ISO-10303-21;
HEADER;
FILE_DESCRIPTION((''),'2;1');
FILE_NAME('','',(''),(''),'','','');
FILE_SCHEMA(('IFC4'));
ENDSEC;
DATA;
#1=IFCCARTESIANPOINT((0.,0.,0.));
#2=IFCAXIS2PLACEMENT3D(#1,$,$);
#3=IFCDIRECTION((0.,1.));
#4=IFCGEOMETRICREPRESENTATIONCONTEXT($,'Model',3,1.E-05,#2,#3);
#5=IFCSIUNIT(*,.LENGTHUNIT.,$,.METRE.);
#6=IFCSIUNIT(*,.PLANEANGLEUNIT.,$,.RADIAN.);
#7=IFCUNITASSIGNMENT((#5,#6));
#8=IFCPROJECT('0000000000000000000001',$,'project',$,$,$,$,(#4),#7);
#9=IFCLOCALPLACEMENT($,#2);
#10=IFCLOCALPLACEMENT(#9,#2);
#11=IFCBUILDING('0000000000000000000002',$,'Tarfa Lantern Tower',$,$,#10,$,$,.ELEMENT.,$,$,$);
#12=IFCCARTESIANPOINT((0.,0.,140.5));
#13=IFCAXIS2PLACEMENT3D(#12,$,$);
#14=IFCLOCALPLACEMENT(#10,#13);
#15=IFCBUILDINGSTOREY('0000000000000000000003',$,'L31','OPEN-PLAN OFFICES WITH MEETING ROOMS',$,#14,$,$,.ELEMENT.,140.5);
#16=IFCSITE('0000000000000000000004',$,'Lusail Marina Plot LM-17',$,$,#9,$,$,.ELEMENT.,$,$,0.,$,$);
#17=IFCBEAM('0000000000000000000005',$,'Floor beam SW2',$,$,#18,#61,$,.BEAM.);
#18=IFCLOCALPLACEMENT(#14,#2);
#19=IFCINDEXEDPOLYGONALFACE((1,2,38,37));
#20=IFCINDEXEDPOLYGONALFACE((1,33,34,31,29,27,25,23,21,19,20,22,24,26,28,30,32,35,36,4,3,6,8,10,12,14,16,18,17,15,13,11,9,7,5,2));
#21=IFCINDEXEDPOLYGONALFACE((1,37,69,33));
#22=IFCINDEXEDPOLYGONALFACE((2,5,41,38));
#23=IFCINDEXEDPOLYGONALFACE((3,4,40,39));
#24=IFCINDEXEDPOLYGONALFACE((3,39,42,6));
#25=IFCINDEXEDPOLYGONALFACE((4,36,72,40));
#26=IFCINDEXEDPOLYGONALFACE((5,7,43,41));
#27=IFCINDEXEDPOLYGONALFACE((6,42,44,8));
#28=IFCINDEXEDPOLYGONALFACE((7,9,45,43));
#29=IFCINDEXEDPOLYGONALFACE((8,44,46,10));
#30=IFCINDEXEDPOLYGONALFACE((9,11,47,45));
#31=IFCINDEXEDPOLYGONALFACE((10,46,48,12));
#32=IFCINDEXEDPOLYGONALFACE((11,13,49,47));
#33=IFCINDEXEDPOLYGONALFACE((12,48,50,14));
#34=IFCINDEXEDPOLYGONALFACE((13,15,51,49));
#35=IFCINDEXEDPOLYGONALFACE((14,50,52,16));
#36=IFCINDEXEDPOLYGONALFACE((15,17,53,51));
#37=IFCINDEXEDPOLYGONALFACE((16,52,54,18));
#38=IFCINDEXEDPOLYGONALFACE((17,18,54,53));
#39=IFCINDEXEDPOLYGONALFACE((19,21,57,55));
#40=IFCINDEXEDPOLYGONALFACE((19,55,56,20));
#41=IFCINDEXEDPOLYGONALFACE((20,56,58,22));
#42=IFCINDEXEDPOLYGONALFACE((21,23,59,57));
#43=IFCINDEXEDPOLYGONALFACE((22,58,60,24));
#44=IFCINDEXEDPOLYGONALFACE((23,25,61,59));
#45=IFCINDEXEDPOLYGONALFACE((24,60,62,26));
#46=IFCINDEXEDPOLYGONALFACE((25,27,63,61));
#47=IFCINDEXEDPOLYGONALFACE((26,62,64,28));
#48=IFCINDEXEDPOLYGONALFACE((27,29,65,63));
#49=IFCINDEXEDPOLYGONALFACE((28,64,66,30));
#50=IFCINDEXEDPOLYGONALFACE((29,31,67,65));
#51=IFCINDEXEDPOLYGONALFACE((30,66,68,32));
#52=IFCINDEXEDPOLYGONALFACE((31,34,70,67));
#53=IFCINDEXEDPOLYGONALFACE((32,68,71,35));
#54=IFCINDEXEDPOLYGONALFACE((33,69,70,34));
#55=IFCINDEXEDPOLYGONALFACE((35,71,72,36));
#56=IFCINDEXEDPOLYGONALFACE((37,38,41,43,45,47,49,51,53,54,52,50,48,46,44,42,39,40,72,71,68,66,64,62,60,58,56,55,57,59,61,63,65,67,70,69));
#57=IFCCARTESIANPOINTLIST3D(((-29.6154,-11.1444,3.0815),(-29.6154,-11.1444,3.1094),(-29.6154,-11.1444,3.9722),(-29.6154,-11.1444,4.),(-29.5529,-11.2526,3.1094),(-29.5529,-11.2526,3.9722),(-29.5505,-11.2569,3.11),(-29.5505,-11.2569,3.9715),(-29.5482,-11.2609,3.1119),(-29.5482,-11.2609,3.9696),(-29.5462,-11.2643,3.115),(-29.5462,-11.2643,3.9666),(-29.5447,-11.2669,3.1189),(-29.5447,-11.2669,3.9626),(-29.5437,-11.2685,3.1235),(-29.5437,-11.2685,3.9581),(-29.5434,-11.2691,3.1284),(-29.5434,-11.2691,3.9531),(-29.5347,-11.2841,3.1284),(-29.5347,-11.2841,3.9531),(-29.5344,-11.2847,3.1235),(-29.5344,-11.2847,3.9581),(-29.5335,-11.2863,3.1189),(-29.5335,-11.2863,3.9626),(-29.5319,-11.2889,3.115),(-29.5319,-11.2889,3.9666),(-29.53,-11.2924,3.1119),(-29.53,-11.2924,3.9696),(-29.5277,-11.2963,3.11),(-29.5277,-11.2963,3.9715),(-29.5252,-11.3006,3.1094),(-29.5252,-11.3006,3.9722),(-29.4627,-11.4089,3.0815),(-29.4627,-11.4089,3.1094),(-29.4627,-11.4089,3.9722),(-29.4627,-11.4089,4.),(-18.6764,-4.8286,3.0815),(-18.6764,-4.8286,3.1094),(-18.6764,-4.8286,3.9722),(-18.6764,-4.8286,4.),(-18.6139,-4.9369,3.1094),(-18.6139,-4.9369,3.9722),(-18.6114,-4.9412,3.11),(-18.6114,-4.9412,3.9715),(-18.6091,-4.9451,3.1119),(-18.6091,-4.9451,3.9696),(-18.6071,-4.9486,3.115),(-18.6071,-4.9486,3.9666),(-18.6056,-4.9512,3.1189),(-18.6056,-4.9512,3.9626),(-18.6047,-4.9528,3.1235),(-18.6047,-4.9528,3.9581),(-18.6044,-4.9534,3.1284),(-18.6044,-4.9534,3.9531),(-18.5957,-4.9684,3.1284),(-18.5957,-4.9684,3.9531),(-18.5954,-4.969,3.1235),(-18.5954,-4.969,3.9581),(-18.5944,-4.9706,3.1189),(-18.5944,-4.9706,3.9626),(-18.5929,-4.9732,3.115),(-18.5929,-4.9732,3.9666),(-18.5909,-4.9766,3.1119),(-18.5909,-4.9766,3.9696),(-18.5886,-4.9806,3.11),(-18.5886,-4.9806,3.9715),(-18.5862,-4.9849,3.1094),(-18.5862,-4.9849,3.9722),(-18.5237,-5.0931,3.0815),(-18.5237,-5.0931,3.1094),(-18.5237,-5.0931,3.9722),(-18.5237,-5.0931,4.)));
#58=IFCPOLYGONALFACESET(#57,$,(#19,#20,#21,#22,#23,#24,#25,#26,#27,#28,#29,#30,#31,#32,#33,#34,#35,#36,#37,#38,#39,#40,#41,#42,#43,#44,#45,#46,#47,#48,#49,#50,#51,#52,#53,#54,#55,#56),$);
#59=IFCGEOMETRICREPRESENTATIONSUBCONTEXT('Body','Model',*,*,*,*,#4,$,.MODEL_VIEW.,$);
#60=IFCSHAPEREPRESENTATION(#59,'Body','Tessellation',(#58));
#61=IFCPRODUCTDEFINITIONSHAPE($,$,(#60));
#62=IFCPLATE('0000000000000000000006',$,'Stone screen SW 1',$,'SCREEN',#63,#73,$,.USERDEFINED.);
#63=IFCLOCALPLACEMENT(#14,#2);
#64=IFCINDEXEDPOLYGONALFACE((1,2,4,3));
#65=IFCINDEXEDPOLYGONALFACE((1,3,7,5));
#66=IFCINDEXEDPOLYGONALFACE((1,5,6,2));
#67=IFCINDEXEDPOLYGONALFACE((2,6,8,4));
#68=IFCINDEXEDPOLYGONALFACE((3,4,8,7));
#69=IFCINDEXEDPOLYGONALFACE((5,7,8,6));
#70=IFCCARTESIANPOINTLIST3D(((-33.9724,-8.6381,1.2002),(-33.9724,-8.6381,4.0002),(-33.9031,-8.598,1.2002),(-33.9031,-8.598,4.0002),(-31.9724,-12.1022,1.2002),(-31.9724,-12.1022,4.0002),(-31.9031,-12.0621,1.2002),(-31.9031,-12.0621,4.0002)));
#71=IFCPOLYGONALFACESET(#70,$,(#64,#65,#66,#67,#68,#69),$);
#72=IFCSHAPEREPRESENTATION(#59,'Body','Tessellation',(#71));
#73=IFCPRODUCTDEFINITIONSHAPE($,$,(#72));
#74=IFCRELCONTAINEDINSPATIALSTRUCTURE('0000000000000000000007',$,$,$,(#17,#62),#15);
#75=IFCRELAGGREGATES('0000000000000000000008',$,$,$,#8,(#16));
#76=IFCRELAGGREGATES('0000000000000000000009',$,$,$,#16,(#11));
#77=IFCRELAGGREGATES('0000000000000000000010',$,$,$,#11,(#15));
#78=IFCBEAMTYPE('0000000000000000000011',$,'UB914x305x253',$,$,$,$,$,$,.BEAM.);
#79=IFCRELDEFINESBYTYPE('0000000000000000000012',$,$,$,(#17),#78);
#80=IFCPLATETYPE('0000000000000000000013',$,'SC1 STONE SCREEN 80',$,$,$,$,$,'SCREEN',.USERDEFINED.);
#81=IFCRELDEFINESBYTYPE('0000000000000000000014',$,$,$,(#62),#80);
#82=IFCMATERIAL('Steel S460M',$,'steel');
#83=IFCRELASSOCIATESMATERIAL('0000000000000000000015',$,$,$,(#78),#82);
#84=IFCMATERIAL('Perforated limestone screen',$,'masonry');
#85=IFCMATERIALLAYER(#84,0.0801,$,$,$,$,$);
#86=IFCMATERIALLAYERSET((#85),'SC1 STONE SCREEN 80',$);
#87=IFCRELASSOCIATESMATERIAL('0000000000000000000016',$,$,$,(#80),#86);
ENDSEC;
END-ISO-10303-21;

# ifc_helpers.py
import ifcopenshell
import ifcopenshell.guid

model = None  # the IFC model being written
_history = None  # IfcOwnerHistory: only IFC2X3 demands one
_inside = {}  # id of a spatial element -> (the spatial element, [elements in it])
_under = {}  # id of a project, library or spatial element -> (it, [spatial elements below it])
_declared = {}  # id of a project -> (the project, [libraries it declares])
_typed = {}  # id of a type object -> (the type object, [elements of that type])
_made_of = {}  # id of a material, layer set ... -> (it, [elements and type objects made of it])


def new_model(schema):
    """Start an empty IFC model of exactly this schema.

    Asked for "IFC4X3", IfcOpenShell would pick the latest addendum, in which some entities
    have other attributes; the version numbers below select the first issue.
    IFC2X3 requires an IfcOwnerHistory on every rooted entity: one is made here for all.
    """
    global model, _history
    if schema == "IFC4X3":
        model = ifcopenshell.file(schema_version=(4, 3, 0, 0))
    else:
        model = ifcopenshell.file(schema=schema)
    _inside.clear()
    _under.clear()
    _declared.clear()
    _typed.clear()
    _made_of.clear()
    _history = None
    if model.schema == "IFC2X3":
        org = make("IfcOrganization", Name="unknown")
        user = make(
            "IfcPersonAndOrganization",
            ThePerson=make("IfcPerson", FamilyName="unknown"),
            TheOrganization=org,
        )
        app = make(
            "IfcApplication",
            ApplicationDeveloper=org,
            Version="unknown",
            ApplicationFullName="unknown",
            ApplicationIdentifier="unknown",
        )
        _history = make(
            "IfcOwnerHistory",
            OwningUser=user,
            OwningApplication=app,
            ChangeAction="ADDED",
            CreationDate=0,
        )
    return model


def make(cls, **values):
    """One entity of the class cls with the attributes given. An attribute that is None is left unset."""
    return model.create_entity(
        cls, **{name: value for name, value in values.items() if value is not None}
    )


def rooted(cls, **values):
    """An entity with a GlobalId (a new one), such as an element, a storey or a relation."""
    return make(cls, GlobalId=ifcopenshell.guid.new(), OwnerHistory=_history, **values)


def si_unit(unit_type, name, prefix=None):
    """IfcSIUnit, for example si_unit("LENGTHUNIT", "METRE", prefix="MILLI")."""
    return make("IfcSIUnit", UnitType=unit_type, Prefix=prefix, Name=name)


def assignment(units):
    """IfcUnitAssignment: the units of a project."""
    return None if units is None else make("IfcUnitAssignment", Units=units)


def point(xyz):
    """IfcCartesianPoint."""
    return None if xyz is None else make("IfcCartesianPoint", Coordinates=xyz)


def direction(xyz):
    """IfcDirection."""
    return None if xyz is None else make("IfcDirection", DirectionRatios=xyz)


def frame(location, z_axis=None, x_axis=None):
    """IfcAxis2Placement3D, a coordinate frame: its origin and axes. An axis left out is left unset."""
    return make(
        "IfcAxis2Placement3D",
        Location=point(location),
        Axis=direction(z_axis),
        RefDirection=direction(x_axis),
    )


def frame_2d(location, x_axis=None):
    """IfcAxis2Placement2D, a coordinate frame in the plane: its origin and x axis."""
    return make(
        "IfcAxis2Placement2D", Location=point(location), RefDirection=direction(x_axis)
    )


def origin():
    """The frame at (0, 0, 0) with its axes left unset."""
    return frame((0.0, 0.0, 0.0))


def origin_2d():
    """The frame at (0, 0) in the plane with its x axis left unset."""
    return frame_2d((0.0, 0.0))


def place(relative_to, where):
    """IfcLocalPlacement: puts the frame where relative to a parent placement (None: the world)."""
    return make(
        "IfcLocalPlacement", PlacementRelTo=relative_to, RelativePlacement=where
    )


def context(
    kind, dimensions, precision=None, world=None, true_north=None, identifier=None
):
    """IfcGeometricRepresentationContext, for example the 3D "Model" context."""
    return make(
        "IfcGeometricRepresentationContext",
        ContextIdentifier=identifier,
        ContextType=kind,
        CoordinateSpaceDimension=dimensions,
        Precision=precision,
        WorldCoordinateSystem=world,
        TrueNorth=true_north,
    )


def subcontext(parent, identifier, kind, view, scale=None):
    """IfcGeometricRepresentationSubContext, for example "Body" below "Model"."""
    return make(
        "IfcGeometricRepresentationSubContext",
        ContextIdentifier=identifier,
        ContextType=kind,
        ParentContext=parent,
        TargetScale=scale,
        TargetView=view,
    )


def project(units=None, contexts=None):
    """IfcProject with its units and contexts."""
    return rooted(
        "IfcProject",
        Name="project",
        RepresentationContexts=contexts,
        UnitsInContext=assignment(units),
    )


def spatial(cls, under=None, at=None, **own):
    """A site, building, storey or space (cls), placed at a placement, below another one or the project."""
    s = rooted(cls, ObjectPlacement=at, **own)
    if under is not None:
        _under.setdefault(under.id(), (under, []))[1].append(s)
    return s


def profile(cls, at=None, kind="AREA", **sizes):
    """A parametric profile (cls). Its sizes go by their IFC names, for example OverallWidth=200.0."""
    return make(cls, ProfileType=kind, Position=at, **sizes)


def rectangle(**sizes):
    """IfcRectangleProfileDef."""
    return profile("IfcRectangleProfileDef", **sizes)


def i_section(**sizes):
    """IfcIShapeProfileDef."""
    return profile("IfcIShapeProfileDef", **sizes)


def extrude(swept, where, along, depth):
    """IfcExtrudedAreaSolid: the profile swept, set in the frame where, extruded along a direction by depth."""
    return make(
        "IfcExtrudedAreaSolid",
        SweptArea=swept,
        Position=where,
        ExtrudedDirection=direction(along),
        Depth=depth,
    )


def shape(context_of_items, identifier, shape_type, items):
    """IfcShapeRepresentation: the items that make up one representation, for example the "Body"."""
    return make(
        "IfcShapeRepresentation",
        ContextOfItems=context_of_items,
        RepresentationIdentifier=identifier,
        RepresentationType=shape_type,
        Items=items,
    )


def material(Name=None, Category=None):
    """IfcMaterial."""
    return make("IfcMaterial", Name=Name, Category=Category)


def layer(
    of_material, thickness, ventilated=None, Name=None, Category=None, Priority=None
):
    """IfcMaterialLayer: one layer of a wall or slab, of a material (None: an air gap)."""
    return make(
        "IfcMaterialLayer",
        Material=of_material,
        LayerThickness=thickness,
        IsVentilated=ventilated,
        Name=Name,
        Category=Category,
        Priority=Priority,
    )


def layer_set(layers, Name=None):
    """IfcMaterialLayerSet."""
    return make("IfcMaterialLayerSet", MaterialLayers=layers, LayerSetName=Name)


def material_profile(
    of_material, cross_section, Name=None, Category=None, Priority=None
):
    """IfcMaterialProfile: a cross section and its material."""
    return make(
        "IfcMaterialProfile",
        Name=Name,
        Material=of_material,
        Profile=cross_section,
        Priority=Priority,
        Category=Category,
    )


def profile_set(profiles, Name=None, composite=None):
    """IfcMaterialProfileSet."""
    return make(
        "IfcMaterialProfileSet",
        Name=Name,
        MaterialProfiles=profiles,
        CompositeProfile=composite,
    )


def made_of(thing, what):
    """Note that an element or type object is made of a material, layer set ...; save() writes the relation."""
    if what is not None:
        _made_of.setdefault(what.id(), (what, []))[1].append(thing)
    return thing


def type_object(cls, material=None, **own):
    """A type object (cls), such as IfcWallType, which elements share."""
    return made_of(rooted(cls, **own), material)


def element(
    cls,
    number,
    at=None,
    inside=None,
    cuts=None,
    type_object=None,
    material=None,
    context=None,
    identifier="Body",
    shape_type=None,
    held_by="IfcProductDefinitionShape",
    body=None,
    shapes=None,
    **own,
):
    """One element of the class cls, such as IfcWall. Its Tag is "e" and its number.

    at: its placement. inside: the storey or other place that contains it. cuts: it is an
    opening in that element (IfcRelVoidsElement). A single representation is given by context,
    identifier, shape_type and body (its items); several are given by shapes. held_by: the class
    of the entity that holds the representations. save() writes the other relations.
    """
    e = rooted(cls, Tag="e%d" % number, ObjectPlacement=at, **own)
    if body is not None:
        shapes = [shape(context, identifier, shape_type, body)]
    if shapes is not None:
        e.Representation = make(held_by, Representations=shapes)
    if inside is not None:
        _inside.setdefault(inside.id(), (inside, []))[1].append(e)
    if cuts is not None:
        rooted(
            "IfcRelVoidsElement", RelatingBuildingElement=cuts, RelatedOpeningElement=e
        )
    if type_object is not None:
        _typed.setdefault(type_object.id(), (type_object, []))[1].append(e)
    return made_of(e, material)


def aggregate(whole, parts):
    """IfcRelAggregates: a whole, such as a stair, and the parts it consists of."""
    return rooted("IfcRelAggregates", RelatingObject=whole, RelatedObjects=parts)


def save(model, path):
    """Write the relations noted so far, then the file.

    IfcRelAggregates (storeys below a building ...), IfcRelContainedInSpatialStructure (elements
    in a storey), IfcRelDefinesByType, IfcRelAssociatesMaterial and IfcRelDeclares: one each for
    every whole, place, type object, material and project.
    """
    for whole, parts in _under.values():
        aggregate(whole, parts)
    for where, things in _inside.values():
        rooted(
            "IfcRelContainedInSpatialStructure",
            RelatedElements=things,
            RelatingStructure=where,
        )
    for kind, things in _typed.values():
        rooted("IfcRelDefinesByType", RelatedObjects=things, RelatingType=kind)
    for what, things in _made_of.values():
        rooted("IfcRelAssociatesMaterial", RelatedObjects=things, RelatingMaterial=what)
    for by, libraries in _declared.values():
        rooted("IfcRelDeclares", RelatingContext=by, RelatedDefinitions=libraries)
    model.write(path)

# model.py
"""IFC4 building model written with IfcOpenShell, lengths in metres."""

from ifc_helpers import new_model, si_unit, direction, frame, origin, origin_2d, place, context, subcontext, project, spatial, rectangle, i_section, extrude, material, layer, layer_set, material_profile, profile_set, type_object, element, save


model = new_model("IFC4")

# Units and contexts
model_context = context("Model", 3, precision=1e-05, world=origin(), true_north=direction((0.0, 1.0)))
body_context = subcontext(model_context, "Body", "Model", "MODEL_VIEW")
ifc_project = project(units=[si_unit("LENGTHUNIT", "METRE"), si_unit("PLANEANGLEUNIT", "RADIAN")], contexts=[model_context])

# Site, building, storey
site_placement = place(None, origin())
site = spatial("IfcSite", under=ifc_project, at=site_placement, Name="Lusail Marina Plot LM-17", CompositionType="ELEMENT", RefElevation=0.0)
building_placement = place(site_placement, origin())
building = spatial("IfcBuilding", under=site, at=building_placement, Name="Tarfa Lantern Tower", CompositionType="ELEMENT")
storey_placement = place(building_placement, frame((0.0, 0.0, 140.5)))
storey = spatial("IfcBuildingStorey", under=building, at=storey_placement, Name="L31", Description="OPEN-PLAN OFFICES WITH MEETING ROOMS", CompositionType="ELEMENT", Elevation=140.5)

# Beam
ifc_material_1 = material(Name="Steel S460M", Category="steel")
ifc_material_profile_1 = material_profile(ifc_material_1, i_section(OverallWidth=0.3054, OverallDepth=0.9185, WebThickness=0.0173, FlangeThickness=0.0278, FilletRadius=0.019, at=origin_2d()), Name="UB914x305x253")
ifc_profile_set_1 = profile_set([ifc_material_profile_1], Name="Steel S460M")
beam_type_1 = type_object("IfcBeamType", Name="UB914x305x253", PredefinedType="BEAM", material=ifc_profile_set_1)
beam_1_placement = place(storey_placement, frame((-29.5391, -11.2766, 3.5408), z_axis=(0.866023, 0.500004, 0.0), x_axis=(-0.500004, 0.866023, 0.0)))
element("IfcBeam", 1, at=beam_1_placement, inside=storey, type_object=beam_type_1, Name="Floor beam SW2", PredefinedType="BEAM", context=body_context, shape_type="SweptSolid", body=[
    extrude(i_section(OverallWidth=0.3054, OverallDepth=0.9185, WebThickness=0.0173, FlangeThickness=0.0278, FilletRadius=0.019, at=origin_2d()), origin(), (0.0, 0.0, 1.0), 12.6313),
])

# Plate
ifc_material_2 = material(Name="Perforated limestone screen", Category="masonry")
ifc_layer_1 = layer(ifc_material_2, 0.0801)
ifc_layer_set_1 = layer_set([ifc_layer_1], Name="SC1 STONE SCREEN 80")
plate_type = type_object("IfcPlateType", Name="SC1 STONE SCREEN 80", ElementType="SCREEN", PredefinedType="USERDEFINED", material=ifc_layer_set_1)
plate_placement = place(storey_placement, frame((-32.9377, -10.3501, 1.2002), z_axis=(0.0, 0.0, 1.0), x_axis=(0.5, -0.866025, 0.0)))
element("IfcPlate", 2, at=plate_placement, inside=storey, type_object=plate_type, Name="Stone screen SW 1", ObjectType="SCREEN", PredefinedType="USERDEFINED", context=body_context, shape_type="SweptSolid", body=[
    extrude(rectangle(XDim=4.0, YDim=0.0801, at=origin_2d()), origin(), (0.0, 0.0, 1.0), 2.8),
])

save(model, "model.ifc")
